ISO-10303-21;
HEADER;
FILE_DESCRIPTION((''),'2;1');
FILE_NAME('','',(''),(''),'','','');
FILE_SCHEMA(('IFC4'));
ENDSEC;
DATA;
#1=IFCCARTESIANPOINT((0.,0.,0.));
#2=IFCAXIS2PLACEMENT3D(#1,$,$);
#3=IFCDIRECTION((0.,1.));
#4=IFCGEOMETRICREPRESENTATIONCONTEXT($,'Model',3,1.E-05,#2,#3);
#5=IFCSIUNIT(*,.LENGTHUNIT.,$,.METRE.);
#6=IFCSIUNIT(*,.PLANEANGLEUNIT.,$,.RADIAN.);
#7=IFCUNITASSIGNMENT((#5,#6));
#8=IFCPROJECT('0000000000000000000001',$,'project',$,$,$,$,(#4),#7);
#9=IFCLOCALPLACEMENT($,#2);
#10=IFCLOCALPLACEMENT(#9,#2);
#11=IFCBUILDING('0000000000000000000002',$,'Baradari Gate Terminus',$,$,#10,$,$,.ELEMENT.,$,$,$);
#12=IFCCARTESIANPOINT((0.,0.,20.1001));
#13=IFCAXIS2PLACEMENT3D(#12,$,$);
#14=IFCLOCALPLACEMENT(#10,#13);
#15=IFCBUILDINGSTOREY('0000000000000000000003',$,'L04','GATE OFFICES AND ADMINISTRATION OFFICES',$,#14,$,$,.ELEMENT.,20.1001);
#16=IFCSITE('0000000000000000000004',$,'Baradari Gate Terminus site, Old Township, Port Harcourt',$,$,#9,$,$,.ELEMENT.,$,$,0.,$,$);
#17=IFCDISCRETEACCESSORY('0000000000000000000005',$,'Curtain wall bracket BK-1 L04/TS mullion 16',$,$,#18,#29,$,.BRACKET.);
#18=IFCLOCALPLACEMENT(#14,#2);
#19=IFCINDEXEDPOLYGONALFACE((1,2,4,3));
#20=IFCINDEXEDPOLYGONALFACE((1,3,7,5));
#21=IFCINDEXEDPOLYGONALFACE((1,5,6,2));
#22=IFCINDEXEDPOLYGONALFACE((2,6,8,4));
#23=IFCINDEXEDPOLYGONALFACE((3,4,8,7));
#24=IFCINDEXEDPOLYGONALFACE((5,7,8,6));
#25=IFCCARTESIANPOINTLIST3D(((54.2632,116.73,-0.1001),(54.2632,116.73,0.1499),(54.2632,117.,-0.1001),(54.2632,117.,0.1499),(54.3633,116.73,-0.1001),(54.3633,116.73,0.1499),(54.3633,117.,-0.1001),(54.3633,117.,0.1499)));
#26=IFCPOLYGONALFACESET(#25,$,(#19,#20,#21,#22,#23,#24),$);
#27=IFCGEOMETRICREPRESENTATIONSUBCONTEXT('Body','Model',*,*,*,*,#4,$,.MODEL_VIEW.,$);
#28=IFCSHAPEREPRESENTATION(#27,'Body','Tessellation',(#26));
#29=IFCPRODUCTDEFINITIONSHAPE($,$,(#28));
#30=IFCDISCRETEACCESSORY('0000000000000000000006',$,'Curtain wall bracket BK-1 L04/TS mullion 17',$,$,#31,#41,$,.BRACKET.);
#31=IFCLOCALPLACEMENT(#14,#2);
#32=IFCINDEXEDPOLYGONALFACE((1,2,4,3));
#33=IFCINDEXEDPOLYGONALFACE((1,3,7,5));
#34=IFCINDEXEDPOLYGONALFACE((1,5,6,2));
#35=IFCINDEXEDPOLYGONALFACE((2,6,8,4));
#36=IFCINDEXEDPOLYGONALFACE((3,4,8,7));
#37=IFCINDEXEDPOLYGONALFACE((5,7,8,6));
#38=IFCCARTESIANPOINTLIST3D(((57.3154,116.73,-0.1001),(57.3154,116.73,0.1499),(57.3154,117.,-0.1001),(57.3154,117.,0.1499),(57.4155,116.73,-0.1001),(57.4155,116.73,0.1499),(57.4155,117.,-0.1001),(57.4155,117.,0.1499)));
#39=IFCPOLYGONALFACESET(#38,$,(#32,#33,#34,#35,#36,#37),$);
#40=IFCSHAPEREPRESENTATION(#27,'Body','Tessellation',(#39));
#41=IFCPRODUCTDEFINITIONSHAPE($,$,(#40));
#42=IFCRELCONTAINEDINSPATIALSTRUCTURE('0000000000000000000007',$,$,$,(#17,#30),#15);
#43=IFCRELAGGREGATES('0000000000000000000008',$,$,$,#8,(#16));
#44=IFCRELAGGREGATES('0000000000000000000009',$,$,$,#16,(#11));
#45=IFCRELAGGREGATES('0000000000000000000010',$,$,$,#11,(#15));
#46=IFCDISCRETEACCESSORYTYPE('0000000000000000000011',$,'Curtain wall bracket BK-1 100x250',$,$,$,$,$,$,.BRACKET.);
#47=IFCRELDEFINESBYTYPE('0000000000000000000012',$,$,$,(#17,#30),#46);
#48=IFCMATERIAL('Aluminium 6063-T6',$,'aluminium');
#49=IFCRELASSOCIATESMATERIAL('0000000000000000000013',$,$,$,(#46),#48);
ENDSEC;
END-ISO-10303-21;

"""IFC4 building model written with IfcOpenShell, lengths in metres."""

from ifc_helpers import new_model, si_unit, direction, frame, origin, origin_2d, place, context, subcontext, project, spatial, rectangle, extrude, material, type_object, element, save


model = new_model("IFC4")

# Units and contexts
model_context = context("Model", 3, precision=1e-05, world=origin(), true_north=direction((0.0, 1.0)))
body_context = subcontext(model_context, "Body", "Model", "MODEL_VIEW")
ifc_project = project(units=[si_unit("LENGTHUNIT", "METRE"), si_unit("PLANEANGLEUNIT", "RADIAN")], contexts=[model_context])

# Site, building, storey
site_placement = place(None, origin())
site = spatial("IfcSite", under=ifc_project, at=site_placement, Name="Baradari Gate Terminus site, Old Township, Port Harcourt", CompositionType="ELEMENT", RefElevation=0.0)
building_placement = place(site_placement, origin())
building = spatial("IfcBuilding", under=site, at=building_placement, Name="Baradari Gate Terminus", CompositionType="ELEMENT")
storey_placement = place(building_placement, frame((0.0, 0.0, 20.1001)))
storey = spatial("IfcBuildingStorey", under=building, at=storey_placement, Name="L04", Description="GATE OFFICES AND ADMINISTRATION OFFICES", CompositionType="ELEMENT", Elevation=20.1001)

# Discrete accessories
ifc_material_1 = material(Name="Aluminium 6063-T6", Category="aluminium")
discrete_accessory_type = type_object("IfcDiscreteAccessoryType", Name="Curtain wall bracket BK-1 100x250", PredefinedType="BRACKET", material=ifc_material_1)
for number, where, z_axis, x_axis, name in (
    (1, (54.3132, 116.865, -0.1001), (0.0, 0.0, 1.0), (0.0, -1.0, 0.0), "Curtain wall bracket BK-1 L04/TS mullion 16"),
    (2, (57.3655, 116.865, -0.1001), (0.0, 0.0, 1.0), (0.0, -1.0, 0.0), "Curtain wall bracket BK-1 L04/TS mullion 17"),
):
    element("IfcDiscreteAccessory", number, at=place(storey_placement, frame(where, z_axis=z_axis, x_axis=x_axis)), inside=storey, type_object=discrete_accessory_type, Name=name, PredefinedType="BRACKET", context=body_context, shape_type="SweptSolid", body=[
        extrude(rectangle(XDim=0.27, YDim=0.1001, at=origin_2d()), origin(), (0.0, 0.0, 1.0), 0.25),
    ])

save(model, "model.ifc")
